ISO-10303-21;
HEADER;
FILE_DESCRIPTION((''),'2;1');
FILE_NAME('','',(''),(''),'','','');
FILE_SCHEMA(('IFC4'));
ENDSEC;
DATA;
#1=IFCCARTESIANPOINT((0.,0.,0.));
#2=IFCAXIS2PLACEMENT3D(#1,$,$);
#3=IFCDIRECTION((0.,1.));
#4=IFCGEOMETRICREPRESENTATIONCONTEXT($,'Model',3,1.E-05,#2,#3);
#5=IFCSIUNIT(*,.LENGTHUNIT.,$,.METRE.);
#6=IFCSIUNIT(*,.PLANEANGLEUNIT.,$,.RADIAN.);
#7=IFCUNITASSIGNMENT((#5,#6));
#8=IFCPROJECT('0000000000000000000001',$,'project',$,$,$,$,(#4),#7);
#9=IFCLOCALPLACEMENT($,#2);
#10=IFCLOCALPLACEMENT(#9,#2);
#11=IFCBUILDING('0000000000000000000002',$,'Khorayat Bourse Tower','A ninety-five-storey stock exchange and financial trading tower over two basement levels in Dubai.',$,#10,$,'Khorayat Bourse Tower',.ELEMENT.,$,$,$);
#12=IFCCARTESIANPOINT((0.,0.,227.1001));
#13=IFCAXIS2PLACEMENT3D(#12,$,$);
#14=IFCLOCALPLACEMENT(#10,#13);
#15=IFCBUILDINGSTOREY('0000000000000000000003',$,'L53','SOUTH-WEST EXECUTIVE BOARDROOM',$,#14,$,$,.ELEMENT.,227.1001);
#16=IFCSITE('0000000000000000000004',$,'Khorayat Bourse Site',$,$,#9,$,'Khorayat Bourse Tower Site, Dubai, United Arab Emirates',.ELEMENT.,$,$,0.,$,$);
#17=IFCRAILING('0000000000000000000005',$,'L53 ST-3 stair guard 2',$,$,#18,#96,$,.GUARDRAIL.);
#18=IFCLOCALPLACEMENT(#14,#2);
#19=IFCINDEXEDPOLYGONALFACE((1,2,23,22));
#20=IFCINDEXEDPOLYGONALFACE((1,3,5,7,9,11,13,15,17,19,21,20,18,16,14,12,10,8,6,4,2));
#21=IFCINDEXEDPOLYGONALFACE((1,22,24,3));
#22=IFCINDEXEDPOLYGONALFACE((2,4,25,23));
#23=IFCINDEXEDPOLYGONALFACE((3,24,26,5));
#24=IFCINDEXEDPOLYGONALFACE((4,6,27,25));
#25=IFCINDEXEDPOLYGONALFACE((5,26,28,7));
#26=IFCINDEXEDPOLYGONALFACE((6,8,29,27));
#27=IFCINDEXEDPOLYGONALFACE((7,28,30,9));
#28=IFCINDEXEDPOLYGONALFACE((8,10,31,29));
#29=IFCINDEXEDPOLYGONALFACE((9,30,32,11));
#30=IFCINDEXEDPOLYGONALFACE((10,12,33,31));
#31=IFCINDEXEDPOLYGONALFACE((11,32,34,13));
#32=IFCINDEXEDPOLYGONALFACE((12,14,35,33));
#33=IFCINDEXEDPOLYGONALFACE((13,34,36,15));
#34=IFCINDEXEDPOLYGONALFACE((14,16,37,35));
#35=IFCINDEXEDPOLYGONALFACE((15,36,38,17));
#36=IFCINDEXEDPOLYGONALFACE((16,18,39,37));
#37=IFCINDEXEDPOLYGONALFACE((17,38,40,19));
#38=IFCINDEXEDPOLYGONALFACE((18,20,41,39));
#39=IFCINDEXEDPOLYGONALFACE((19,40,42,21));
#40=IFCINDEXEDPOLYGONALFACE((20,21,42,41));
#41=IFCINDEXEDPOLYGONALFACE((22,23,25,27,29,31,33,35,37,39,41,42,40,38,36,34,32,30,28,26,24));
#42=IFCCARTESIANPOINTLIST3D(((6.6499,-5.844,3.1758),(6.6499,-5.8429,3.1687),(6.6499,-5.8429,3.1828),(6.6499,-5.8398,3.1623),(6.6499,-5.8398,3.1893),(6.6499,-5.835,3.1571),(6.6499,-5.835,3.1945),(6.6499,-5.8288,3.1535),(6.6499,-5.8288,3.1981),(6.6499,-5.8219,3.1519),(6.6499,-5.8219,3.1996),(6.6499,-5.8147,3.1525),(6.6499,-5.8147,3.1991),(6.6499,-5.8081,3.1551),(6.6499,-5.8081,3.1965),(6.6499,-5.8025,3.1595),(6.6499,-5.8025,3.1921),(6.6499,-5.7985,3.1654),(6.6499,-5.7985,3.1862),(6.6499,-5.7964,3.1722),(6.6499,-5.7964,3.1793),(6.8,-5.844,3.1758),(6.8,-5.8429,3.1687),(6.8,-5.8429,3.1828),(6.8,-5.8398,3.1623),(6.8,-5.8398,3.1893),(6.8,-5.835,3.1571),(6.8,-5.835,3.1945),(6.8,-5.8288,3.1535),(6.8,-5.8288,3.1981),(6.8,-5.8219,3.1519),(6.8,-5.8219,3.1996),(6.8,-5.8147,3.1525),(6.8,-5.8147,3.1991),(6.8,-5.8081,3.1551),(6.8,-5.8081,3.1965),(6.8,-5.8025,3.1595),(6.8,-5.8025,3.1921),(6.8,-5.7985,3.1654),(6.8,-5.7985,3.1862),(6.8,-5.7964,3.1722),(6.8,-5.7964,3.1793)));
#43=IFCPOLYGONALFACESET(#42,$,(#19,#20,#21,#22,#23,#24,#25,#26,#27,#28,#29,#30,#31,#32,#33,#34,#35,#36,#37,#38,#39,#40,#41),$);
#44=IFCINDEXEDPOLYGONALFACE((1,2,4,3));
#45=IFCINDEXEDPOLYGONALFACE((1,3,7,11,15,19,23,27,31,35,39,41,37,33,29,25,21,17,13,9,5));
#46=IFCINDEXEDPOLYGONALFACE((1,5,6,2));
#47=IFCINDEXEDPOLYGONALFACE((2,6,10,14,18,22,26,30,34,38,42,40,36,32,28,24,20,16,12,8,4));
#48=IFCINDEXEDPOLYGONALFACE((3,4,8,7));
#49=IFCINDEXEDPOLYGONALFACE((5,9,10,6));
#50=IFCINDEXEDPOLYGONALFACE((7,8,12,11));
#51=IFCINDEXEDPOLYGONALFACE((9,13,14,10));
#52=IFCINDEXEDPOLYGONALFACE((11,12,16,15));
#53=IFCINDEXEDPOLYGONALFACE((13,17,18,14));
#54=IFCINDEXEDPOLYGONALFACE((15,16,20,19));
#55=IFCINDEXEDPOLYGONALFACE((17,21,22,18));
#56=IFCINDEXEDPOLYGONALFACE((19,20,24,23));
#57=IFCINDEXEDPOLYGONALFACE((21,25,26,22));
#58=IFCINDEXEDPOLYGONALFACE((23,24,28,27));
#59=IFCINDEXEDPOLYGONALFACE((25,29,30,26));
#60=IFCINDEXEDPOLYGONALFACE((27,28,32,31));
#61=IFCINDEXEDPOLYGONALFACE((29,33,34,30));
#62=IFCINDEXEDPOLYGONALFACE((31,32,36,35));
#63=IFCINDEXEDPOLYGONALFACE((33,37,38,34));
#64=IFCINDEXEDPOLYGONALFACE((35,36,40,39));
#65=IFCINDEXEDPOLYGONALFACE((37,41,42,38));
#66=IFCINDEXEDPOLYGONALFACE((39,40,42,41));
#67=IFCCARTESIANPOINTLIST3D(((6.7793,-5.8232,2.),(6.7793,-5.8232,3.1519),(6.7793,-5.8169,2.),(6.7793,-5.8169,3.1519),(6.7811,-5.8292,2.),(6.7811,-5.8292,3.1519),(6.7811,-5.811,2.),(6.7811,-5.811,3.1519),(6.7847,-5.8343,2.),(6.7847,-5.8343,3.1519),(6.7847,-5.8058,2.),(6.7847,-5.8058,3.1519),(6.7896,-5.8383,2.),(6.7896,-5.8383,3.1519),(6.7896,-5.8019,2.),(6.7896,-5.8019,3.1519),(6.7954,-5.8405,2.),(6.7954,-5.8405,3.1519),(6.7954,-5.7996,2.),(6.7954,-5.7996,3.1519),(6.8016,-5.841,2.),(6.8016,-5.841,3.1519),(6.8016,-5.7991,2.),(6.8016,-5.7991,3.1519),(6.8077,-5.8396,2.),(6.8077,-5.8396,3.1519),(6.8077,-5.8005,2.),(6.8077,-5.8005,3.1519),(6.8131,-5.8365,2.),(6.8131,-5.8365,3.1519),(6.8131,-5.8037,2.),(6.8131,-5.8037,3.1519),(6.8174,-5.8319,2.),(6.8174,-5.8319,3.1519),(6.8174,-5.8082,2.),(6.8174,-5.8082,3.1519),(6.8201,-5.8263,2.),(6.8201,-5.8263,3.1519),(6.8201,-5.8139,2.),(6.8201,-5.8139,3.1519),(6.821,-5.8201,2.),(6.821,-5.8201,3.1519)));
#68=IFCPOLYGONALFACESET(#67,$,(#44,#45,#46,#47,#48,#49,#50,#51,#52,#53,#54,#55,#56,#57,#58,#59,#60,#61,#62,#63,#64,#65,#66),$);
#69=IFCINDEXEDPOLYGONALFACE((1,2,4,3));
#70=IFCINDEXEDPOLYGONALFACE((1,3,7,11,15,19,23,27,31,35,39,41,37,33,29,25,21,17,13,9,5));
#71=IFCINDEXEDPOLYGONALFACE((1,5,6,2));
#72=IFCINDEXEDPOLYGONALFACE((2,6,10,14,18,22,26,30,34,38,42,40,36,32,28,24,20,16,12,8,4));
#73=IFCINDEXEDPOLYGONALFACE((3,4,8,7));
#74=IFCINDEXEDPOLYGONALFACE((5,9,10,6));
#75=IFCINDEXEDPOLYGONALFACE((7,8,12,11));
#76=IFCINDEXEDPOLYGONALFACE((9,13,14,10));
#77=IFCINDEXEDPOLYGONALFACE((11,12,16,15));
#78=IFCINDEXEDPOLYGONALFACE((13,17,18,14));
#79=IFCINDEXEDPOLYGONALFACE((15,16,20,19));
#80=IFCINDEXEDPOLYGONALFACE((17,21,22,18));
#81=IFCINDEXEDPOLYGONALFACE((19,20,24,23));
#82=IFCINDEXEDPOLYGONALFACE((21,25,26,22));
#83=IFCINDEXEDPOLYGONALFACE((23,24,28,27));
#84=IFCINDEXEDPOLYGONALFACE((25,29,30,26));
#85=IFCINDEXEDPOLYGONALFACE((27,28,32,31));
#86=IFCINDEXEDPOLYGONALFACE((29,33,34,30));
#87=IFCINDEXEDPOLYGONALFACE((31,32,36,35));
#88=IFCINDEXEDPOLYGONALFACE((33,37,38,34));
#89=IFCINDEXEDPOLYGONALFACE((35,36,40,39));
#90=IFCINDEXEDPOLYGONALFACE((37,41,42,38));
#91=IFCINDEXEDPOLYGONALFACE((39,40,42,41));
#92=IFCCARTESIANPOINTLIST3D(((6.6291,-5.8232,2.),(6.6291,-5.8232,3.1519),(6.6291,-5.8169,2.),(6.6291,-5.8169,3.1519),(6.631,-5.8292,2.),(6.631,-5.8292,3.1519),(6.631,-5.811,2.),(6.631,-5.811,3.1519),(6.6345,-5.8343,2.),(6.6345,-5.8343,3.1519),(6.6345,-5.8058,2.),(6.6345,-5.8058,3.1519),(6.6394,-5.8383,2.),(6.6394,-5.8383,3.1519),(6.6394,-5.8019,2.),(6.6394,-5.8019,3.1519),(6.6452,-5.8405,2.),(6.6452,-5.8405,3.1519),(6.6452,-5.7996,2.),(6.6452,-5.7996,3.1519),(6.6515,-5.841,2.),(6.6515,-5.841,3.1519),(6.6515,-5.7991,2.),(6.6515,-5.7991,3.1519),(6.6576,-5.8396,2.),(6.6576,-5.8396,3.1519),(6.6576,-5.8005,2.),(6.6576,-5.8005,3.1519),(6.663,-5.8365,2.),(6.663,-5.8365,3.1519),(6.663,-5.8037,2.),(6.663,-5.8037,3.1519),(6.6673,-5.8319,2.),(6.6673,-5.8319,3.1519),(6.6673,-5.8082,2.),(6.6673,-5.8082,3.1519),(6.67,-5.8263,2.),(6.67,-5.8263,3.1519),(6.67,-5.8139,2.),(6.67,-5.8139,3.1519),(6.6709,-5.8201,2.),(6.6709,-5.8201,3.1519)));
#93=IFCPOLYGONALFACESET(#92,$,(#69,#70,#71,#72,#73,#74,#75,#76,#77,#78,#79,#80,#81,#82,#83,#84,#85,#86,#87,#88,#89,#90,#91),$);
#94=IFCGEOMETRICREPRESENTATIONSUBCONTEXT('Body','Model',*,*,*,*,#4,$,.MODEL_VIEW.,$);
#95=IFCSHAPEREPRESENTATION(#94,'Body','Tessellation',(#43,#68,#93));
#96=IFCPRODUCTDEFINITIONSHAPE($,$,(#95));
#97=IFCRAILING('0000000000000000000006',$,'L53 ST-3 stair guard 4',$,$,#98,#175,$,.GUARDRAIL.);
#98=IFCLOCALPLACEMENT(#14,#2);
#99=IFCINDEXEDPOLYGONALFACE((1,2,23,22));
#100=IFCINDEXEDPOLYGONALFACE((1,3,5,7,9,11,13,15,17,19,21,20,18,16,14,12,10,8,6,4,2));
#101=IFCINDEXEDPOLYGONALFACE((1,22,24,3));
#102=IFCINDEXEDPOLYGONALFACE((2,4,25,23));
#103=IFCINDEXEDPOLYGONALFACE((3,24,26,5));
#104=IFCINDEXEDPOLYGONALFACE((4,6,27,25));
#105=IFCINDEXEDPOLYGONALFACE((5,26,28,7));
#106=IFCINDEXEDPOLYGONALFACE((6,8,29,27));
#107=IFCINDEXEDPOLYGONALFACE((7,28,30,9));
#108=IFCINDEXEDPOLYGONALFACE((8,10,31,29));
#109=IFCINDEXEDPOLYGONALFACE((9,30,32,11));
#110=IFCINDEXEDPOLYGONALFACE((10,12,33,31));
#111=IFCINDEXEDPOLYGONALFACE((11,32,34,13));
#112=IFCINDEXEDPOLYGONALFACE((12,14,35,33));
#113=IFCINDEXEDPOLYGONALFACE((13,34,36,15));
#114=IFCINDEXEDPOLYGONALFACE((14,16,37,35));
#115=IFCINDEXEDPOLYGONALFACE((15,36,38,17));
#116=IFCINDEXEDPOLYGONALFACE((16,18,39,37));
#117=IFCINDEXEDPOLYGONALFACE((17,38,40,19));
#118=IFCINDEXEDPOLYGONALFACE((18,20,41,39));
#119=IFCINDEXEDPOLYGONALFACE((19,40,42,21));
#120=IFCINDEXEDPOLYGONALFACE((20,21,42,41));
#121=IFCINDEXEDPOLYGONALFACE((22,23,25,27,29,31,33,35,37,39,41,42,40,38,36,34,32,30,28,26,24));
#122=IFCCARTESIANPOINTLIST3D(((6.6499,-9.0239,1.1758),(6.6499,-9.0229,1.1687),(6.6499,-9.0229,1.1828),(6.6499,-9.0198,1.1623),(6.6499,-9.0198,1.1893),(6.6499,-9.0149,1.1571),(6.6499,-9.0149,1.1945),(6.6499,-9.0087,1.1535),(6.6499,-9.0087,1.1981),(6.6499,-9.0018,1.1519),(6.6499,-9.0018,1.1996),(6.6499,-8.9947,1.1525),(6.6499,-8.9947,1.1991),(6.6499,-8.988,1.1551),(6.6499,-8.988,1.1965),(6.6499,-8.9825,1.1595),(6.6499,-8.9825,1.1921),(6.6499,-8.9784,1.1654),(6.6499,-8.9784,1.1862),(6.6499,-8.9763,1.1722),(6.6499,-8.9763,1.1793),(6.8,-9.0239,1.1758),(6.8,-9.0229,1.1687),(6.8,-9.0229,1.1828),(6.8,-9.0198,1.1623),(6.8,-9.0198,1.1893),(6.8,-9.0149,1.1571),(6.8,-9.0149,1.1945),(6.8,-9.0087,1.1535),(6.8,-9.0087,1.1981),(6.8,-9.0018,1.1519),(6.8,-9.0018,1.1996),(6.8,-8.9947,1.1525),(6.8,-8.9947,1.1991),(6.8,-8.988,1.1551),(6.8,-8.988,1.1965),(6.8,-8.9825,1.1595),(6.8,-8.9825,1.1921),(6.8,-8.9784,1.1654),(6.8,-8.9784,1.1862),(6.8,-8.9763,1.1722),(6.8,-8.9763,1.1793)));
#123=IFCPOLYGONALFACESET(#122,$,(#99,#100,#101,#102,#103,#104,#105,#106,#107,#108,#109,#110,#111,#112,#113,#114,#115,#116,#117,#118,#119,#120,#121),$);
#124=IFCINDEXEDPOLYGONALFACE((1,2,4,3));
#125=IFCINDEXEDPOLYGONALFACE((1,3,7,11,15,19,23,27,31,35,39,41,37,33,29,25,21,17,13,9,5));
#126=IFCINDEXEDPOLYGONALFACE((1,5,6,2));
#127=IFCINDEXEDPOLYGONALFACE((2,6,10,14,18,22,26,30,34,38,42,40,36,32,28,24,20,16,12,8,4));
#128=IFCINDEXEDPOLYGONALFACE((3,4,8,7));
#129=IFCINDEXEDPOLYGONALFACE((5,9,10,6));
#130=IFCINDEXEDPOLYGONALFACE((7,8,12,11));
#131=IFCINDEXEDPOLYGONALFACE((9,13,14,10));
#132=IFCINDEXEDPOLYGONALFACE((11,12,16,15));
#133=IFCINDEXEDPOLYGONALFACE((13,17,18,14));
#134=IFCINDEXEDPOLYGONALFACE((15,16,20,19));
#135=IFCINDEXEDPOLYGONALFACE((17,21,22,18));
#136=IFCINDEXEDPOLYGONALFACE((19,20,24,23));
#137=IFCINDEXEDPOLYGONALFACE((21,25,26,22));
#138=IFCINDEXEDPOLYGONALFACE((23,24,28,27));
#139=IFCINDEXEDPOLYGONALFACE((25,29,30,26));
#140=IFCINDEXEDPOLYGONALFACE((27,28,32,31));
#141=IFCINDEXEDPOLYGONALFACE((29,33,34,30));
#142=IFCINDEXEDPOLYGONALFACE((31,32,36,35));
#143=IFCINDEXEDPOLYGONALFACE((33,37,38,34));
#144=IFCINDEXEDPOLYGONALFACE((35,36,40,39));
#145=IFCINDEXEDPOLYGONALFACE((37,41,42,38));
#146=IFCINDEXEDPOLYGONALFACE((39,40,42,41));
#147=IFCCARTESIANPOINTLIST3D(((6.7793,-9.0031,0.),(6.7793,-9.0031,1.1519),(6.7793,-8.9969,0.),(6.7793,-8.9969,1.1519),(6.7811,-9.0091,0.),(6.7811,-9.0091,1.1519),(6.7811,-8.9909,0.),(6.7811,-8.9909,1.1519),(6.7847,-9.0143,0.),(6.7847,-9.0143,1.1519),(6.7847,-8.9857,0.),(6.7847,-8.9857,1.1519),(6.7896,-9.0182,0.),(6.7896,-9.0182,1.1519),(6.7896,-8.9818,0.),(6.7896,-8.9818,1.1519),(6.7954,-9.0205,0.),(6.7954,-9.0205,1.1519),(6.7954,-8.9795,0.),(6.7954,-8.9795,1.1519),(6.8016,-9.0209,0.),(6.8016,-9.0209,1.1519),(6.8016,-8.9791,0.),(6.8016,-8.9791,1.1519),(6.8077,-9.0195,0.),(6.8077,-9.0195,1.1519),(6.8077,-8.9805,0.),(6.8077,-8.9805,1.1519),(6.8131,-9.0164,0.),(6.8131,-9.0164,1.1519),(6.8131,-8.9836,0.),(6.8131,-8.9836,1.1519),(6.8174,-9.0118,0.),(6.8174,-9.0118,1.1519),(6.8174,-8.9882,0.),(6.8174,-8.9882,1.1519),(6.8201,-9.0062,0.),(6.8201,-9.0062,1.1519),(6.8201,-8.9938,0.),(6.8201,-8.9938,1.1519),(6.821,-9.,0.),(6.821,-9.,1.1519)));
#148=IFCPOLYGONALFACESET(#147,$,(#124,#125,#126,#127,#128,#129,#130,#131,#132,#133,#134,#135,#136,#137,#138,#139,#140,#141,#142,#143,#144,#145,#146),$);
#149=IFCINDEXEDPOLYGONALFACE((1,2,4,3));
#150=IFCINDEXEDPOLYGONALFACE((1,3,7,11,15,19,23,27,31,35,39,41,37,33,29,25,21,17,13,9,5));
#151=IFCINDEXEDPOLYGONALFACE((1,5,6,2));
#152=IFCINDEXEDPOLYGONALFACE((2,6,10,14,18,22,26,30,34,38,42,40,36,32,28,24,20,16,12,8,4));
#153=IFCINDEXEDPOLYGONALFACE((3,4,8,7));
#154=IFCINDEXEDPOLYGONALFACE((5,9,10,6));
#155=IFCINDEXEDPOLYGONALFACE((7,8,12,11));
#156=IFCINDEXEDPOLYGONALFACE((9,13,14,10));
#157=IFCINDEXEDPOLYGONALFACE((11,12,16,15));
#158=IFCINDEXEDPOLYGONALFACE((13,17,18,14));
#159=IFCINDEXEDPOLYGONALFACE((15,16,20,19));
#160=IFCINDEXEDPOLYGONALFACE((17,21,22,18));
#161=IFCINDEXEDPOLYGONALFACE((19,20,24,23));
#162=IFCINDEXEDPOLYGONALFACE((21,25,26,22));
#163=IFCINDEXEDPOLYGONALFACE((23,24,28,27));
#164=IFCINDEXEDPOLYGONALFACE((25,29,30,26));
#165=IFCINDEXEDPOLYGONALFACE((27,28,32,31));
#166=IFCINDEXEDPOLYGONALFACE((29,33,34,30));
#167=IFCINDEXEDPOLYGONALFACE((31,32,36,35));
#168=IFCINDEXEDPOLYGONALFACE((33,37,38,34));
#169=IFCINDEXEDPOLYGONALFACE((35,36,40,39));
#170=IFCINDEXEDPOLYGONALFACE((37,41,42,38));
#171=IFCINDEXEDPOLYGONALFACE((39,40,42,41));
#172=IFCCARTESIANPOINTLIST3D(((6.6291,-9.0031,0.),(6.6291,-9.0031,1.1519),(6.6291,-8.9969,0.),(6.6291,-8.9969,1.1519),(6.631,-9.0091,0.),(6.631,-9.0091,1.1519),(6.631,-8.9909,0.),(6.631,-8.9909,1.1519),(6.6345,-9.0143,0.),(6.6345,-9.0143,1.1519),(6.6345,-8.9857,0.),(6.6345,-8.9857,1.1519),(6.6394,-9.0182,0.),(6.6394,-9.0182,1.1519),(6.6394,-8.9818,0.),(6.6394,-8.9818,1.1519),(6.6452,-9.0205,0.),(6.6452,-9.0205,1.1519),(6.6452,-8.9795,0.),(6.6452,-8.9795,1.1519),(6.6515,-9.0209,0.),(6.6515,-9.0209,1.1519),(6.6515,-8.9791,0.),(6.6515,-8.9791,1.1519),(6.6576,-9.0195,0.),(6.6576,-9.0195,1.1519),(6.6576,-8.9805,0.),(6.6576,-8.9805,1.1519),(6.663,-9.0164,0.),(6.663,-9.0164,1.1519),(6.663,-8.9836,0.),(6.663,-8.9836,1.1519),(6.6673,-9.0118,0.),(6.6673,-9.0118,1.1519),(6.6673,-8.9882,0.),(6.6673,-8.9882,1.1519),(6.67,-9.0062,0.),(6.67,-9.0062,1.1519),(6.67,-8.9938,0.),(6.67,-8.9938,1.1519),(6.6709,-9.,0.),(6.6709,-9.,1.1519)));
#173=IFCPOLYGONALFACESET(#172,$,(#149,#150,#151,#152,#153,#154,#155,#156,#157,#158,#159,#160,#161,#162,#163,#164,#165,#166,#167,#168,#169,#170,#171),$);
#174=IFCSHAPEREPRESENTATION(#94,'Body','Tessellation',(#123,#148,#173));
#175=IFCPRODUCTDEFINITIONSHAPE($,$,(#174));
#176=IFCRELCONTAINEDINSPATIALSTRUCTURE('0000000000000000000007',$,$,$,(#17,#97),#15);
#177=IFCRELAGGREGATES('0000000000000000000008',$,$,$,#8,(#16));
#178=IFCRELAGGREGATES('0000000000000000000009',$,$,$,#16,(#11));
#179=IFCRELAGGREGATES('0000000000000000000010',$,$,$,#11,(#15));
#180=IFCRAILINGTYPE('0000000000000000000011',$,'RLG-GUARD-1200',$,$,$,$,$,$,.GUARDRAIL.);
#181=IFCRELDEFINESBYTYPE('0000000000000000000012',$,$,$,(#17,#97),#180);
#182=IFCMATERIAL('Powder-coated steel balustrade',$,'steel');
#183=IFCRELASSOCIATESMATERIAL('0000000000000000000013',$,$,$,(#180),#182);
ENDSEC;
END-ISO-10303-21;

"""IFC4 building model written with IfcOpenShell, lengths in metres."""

from ifc_helpers import new_model, si_unit, direction, frame, origin, origin_2d, place, context, subcontext, project, spatial, circle, extrude, source, transform, mapped, material, type_object, element, save


model = new_model("IFC4")

# Units and contexts
model_context = context("Model", 3, precision=1e-05, world=origin(), true_north=direction((0.0, 1.0)))
body_context = subcontext(model_context, "Body", "Model", "MODEL_VIEW")
ifc_project = project(units=[si_unit("LENGTHUNIT", "METRE"), si_unit("PLANEANGLEUNIT", "RADIAN")], contexts=[model_context])

# Site, building, storey
site_placement = place(None, origin())
site = spatial("IfcSite", under=ifc_project, at=site_placement, Name="Khorayat Bourse Site", LongName="Khorayat Bourse Tower Site, Dubai, United Arab Emirates", CompositionType="ELEMENT", RefElevation=0.0)
building_placement = place(site_placement, origin())
building = spatial("IfcBuilding", under=site, at=building_placement, Name="Khorayat Bourse Tower", Description="A ninety-five-storey stock exchange and financial trading tower over two basement levels in Dubai.", LongName="Khorayat Bourse Tower", CompositionType="ELEMENT")
storey_placement = place(building_placement, frame((0.0, 0.0, 227.1001)))
storey = spatial("IfcBuildingStorey", under=building, at=storey_placement, Name="L53", Description="SOUTH-WEST EXECUTIVE BOARDROOM", CompositionType="ELEMENT", Elevation=227.1001)

# Railings
ifc_material_1 = material(Name="Powder-coated steel balustrade", Category="steel")
railing_type_1 = type_object("IfcRailingType", Name="RLG-GUARD-1200", PredefinedType="GUARDRAIL", material=ifc_material_1)
shared_shape_1 = source(origin(), body_context, "Body", "SweptSolid", [
    extrude(circle(Radius=0.0239, at=origin_2d()), frame((0.0, 0.0, 1.1758), z_axis=(-1.0, 0.0, 0.0), x_axis=(0.0, -1.0, 0.0)), (0.0, 0.0, 1.0), 0.1501),
    extrude(circle(Radius=0.021, at=origin_2d()), origin(), (0.0, 0.0, 1.0), 1.1519),
    extrude(circle(Radius=0.021, at=origin_2d()), frame((-0.1501, 0.0, 0.0)), (0.0, 0.0, 1.0), 1.1519),
])
for number, where, name in (
    (1, (6.8, -5.8201, 2.0), "L53 ST-3 stair guard 2"),
    (2, (6.8, -9.0, 0.0), "L53 ST-3 stair guard 4"),
):
    element("IfcRailing", number, at=place(storey_placement, frame(where)), inside=storey, type_object=railing_type_1, Name=name, PredefinedType="GUARDRAIL", context=body_context, shape_type="MappedRepresentation", body=[
        mapped(shared_shape_1, transform((0.0, 0.0, 0.0), scale=1.0)),
    ])

save(model, "model.ifc")
